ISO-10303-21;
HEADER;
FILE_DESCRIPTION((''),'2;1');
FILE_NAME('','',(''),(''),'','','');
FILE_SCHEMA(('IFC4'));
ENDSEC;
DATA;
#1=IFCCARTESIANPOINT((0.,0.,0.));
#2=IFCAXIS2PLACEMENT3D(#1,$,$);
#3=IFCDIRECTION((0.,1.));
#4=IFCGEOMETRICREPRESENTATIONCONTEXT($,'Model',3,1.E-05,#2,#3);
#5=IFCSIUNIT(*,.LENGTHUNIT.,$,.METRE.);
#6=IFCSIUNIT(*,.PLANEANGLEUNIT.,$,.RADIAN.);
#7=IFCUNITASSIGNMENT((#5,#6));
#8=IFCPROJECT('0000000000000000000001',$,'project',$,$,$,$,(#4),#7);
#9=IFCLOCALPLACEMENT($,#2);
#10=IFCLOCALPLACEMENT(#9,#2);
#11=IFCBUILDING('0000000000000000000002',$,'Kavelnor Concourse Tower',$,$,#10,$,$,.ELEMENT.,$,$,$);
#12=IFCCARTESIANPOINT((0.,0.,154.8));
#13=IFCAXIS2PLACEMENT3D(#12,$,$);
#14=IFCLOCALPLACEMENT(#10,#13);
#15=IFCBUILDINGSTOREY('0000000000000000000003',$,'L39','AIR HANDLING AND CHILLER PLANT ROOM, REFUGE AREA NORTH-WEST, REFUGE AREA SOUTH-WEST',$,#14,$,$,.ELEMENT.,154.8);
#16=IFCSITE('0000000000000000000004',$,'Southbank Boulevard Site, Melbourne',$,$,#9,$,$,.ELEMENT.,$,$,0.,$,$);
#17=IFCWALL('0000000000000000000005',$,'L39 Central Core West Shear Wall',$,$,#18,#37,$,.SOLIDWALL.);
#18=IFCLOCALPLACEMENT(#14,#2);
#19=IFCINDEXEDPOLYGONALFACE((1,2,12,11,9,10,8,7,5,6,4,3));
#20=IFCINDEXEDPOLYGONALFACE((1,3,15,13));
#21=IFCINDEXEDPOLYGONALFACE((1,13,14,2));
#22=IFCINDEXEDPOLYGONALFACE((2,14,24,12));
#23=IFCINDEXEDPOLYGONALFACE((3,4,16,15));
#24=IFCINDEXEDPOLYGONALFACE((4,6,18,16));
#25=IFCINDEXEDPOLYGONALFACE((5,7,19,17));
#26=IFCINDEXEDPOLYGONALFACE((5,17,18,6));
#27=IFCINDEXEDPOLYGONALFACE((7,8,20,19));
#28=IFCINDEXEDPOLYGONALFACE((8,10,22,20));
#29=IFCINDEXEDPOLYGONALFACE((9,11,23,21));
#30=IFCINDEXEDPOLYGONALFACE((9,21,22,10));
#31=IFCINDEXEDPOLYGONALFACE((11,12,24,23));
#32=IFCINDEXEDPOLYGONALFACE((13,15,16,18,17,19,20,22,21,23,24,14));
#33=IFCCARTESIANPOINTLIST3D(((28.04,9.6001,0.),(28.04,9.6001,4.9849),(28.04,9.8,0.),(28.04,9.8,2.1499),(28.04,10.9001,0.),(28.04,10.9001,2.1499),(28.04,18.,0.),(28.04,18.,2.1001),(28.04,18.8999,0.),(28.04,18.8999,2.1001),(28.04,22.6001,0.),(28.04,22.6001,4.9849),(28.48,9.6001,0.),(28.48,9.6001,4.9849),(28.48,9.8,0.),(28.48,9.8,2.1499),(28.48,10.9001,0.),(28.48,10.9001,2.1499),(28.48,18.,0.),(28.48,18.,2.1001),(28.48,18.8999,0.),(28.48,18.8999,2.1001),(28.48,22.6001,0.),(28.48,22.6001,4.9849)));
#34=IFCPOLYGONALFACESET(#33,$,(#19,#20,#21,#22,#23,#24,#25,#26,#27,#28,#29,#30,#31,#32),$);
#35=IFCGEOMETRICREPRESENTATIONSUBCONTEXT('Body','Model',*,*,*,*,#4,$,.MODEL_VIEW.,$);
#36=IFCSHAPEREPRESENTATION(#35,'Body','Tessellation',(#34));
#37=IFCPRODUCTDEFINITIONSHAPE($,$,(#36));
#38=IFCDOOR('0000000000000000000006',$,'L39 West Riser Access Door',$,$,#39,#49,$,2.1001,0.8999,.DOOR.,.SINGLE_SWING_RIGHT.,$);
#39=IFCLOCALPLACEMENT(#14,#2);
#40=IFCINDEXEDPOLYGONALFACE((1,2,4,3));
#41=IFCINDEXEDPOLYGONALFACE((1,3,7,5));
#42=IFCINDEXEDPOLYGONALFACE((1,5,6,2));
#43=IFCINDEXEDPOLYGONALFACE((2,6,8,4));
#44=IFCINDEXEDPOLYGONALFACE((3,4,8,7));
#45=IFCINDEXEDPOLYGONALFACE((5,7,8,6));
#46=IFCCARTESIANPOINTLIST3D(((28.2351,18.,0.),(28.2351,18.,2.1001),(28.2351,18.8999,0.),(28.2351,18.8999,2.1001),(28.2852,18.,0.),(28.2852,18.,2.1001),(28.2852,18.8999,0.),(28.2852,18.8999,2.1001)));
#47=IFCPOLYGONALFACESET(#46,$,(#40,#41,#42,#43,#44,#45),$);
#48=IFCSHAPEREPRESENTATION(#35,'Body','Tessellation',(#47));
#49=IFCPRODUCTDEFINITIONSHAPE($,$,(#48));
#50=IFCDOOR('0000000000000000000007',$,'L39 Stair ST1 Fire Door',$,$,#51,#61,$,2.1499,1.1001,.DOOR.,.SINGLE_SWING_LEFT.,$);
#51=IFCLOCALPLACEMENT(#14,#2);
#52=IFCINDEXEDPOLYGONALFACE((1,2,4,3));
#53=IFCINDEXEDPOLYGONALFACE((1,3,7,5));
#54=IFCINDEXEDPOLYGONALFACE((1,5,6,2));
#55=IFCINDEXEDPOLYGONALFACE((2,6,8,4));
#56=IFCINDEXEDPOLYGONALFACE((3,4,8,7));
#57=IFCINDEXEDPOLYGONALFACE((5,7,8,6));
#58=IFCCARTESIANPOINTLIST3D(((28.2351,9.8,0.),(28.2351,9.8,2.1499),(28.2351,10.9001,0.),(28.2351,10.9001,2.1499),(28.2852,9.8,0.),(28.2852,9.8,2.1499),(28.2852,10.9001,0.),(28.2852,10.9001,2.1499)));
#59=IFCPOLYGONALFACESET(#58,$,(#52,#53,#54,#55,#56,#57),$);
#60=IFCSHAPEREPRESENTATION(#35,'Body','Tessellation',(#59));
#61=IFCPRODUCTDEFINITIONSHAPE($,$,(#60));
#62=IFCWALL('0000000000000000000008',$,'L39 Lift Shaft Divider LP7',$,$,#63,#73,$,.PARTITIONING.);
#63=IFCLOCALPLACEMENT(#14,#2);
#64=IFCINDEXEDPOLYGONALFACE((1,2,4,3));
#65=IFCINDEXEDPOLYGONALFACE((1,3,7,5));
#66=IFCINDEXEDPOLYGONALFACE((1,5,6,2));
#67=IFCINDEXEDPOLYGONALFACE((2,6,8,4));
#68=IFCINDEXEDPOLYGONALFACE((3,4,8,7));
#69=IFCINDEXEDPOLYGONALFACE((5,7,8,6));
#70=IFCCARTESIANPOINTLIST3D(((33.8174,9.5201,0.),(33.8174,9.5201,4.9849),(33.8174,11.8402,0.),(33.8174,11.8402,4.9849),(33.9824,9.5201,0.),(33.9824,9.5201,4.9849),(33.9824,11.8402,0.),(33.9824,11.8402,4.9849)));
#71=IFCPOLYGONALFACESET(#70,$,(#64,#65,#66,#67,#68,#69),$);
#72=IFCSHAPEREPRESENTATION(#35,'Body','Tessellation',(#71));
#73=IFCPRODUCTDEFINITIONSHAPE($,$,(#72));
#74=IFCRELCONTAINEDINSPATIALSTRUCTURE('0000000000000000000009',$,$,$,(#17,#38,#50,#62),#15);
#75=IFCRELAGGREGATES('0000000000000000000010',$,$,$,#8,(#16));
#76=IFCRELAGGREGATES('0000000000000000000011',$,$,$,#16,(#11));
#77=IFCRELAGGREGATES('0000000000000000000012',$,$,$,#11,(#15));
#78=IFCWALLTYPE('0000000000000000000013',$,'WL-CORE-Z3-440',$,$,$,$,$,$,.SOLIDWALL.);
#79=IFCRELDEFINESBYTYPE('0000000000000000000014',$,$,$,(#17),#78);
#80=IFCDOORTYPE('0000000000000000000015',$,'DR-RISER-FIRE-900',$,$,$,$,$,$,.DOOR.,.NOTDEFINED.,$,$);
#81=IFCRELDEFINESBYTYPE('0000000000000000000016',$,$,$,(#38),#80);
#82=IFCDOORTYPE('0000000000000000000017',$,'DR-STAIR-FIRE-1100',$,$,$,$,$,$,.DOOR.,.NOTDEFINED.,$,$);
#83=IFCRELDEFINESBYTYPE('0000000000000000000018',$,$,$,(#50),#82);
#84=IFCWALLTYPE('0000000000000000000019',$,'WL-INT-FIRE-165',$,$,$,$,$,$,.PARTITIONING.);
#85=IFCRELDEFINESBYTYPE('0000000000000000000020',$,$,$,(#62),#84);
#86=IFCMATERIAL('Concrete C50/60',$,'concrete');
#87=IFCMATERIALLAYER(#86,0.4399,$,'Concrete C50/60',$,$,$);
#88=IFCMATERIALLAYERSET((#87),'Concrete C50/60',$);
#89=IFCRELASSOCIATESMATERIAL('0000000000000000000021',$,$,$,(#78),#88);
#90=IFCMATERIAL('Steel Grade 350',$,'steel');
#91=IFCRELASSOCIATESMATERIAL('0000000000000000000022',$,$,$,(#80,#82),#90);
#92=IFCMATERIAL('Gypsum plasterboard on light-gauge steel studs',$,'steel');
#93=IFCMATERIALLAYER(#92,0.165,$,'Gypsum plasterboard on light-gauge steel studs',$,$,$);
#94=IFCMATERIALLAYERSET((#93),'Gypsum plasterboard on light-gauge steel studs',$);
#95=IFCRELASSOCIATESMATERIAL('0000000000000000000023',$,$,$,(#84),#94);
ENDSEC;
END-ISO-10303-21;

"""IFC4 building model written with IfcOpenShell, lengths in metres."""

from ifc_helpers import new_model, si_unit, direction, frame, frame_2d, origin, place, context, subcontext, project, spatial, rectangle, extrude, material, layer, layer_set, type_object, element, fill, save


model = new_model("IFC4")

# Units and contexts
model_context = context("Model", 3, precision=1e-05, world=origin(), true_north=direction((0.0, 1.0)))
body_context = subcontext(model_context, "Body", "Model", "MODEL_VIEW")
ifc_project = project(units=[si_unit("LENGTHUNIT", "METRE"), si_unit("PLANEANGLEUNIT", "RADIAN")], contexts=[model_context])

# Site, building, storey
site_placement = place(None, origin())
site = spatial("IfcSite", under=ifc_project, at=site_placement, Name="Southbank Boulevard Site, Melbourne", CompositionType="ELEMENT", RefElevation=0.0)
building_placement = place(site_placement, origin())
building = spatial("IfcBuilding", under=site, at=building_placement, Name="Kavelnor Concourse Tower", CompositionType="ELEMENT")
storey_placement = place(building_placement, frame((0.0, 0.0, 154.8)))
storey = spatial("IfcBuildingStorey", under=building, at=storey_placement, Name="L39", Description="AIR HANDLING AND CHILLER PLANT ROOM, REFUGE AREA NORTH-WEST, REFUGE AREA SOUTH-WEST", CompositionType="ELEMENT", Elevation=154.8)

# Shared definitions
ifc_material_1 = material(Name="Steel Grade 350", Category="steel")

# Shared definitions
ifc_material_2 = material(Name="Concrete C50/60", Category="concrete")
ifc_layer_1 = layer(ifc_material_2, 0.4399, Name="Concrete C50/60")
ifc_layer_set_1 = layer_set([ifc_layer_1], Name="Concrete C50/60")
wall_type_1 = type_object("IfcWallType", Name="WL-CORE-Z3-440", PredefinedType="SOLIDWALL", material=ifc_layer_set_1)

# Wall, openings, doors
wall_1_placement = place(storey_placement, frame((28.26, 9.6001, 0.0), z_axis=(0.0, 0.0, 1.0), x_axis=(0.0, 1.0, 0.0)))
wall_1 = element("IfcWall", 1, at=wall_1_placement, inside=storey, type_object=wall_type_1, Name="L39 Central Core West Shear Wall", PredefinedType="SOLIDWALL", context=body_context, shape_type="SweptSolid", body=[
    extrude(rectangle(XDim=13.0, YDim=0.4399, at=frame_2d((6.5, 0.0))), origin(), (0.0, 0.0, 1.0), 4.9849),
])
opening_1_placement = place(wall_1_placement, frame((0.2, 0.0, 0.0)))
opening_1 = element("IfcOpeningElement", 2, at=opening_1_placement, cuts=wall_1, PredefinedType="OPENING", context=body_context, shape_type="SweptSolid", body=[
    extrude(rectangle(XDim=1.1001, YDim=2.1499, at=frame_2d((0.55, 1.075))), frame((0.0, 0.23, 0.0), z_axis=(0.0, -1.0, 0.0), x_axis=(1.0, 0.0, 0.0)), (0.0, 0.0, 1.0), 0.46),
])
opening_2_placement = place(wall_1_placement, frame((8.3999, 0.0, 0.0)))
opening_2 = element("IfcOpeningElement", 3, at=opening_2_placement, cuts=wall_1, PredefinedType="OPENING", context=body_context, shape_type="SweptSolid", body=[
    extrude(rectangle(XDim=0.8999, YDim=2.1001, at=frame_2d((0.45, 1.05))), frame((0.0, 0.23, 0.0), z_axis=(0.0, -1.0, 0.0), x_axis=(1.0, 0.0, 0.0)), (0.0, 0.0, 1.0), 0.46),
])
door_type_1 = type_object("IfcDoorType", Name="DR-RISER-FIRE-900", OperationType="NOTDEFINED", PredefinedType="DOOR", material=ifc_material_1)
door_1_placement = place(opening_2_placement, origin())
door_1 = element("IfcDoor", 4, at=door_1_placement, inside=storey, type_object=door_type_1, Name="L39 West Riser Access Door", OperationType="SINGLE_SWING_RIGHT", OverallHeight=2.1001, OverallWidth=0.8999, PredefinedType="DOOR", context=body_context, shape_type="SweptSolid", body=[
    extrude(rectangle(XDim=0.8999, YDim=2.1001, at=frame_2d((0.45, 1.05))), frame((0.0, 0.0249, 0.0), z_axis=(0.0, -1.0, 0.0), x_axis=(1.0, 0.0, 0.0)), (0.0, 0.0, 1.0), 0.05),
])
fill(opening_2, door_1)
door_type_2 = type_object("IfcDoorType", Name="DR-STAIR-FIRE-1100", OperationType="NOTDEFINED", PredefinedType="DOOR", material=ifc_material_1)
door_2_placement = place(opening_1_placement, origin())
door_2 = element("IfcDoor", 5, at=door_2_placement, inside=storey, type_object=door_type_2, Name="L39 Stair ST1 Fire Door", OperationType="SINGLE_SWING_LEFT", OverallHeight=2.1499, OverallWidth=1.1001, PredefinedType="DOOR", context=body_context, shape_type="SweptSolid", body=[
    extrude(rectangle(XDim=1.1001, YDim=2.1499, at=frame_2d((0.55, 1.075))), frame((0.0, 0.0249, 0.0), z_axis=(0.0, -1.0, 0.0), x_axis=(1.0, 0.0, 0.0)), (0.0, 0.0, 1.0), 0.05),
])
fill(opening_1, door_2)

# Wall
ifc_material_3 = material(Name="Gypsum plasterboard on light-gauge steel studs", Category="steel")
ifc_layer_2 = layer(ifc_material_3, 0.165, Name="Gypsum plasterboard on light-gauge steel studs")
ifc_layer_set_2 = layer_set([ifc_layer_2], Name="Gypsum plasterboard on light-gauge steel studs")
wall_type_2 = type_object("IfcWallType", Name="WL-INT-FIRE-165", PredefinedType="PARTITIONING", material=ifc_layer_set_2)
wall_2_placement = place(storey_placement, frame((33.8999, 9.52, 0.0), z_axis=(0.0, 0.0, 1.0), x_axis=(0.0, 1.0, 0.0)))
element("IfcWall", 6, at=wall_2_placement, inside=storey, type_object=wall_type_2, Name="L39 Lift Shaft Divider LP7", PredefinedType="PARTITIONING", context=body_context, shape_type="SweptSolid", body=[
    extrude(rectangle(XDim=2.3201, YDim=0.165, at=frame_2d((1.1602, 0.0))), origin(), (0.0, 0.0, 1.0), 4.9849),
])

save(model, "model.ifc")
